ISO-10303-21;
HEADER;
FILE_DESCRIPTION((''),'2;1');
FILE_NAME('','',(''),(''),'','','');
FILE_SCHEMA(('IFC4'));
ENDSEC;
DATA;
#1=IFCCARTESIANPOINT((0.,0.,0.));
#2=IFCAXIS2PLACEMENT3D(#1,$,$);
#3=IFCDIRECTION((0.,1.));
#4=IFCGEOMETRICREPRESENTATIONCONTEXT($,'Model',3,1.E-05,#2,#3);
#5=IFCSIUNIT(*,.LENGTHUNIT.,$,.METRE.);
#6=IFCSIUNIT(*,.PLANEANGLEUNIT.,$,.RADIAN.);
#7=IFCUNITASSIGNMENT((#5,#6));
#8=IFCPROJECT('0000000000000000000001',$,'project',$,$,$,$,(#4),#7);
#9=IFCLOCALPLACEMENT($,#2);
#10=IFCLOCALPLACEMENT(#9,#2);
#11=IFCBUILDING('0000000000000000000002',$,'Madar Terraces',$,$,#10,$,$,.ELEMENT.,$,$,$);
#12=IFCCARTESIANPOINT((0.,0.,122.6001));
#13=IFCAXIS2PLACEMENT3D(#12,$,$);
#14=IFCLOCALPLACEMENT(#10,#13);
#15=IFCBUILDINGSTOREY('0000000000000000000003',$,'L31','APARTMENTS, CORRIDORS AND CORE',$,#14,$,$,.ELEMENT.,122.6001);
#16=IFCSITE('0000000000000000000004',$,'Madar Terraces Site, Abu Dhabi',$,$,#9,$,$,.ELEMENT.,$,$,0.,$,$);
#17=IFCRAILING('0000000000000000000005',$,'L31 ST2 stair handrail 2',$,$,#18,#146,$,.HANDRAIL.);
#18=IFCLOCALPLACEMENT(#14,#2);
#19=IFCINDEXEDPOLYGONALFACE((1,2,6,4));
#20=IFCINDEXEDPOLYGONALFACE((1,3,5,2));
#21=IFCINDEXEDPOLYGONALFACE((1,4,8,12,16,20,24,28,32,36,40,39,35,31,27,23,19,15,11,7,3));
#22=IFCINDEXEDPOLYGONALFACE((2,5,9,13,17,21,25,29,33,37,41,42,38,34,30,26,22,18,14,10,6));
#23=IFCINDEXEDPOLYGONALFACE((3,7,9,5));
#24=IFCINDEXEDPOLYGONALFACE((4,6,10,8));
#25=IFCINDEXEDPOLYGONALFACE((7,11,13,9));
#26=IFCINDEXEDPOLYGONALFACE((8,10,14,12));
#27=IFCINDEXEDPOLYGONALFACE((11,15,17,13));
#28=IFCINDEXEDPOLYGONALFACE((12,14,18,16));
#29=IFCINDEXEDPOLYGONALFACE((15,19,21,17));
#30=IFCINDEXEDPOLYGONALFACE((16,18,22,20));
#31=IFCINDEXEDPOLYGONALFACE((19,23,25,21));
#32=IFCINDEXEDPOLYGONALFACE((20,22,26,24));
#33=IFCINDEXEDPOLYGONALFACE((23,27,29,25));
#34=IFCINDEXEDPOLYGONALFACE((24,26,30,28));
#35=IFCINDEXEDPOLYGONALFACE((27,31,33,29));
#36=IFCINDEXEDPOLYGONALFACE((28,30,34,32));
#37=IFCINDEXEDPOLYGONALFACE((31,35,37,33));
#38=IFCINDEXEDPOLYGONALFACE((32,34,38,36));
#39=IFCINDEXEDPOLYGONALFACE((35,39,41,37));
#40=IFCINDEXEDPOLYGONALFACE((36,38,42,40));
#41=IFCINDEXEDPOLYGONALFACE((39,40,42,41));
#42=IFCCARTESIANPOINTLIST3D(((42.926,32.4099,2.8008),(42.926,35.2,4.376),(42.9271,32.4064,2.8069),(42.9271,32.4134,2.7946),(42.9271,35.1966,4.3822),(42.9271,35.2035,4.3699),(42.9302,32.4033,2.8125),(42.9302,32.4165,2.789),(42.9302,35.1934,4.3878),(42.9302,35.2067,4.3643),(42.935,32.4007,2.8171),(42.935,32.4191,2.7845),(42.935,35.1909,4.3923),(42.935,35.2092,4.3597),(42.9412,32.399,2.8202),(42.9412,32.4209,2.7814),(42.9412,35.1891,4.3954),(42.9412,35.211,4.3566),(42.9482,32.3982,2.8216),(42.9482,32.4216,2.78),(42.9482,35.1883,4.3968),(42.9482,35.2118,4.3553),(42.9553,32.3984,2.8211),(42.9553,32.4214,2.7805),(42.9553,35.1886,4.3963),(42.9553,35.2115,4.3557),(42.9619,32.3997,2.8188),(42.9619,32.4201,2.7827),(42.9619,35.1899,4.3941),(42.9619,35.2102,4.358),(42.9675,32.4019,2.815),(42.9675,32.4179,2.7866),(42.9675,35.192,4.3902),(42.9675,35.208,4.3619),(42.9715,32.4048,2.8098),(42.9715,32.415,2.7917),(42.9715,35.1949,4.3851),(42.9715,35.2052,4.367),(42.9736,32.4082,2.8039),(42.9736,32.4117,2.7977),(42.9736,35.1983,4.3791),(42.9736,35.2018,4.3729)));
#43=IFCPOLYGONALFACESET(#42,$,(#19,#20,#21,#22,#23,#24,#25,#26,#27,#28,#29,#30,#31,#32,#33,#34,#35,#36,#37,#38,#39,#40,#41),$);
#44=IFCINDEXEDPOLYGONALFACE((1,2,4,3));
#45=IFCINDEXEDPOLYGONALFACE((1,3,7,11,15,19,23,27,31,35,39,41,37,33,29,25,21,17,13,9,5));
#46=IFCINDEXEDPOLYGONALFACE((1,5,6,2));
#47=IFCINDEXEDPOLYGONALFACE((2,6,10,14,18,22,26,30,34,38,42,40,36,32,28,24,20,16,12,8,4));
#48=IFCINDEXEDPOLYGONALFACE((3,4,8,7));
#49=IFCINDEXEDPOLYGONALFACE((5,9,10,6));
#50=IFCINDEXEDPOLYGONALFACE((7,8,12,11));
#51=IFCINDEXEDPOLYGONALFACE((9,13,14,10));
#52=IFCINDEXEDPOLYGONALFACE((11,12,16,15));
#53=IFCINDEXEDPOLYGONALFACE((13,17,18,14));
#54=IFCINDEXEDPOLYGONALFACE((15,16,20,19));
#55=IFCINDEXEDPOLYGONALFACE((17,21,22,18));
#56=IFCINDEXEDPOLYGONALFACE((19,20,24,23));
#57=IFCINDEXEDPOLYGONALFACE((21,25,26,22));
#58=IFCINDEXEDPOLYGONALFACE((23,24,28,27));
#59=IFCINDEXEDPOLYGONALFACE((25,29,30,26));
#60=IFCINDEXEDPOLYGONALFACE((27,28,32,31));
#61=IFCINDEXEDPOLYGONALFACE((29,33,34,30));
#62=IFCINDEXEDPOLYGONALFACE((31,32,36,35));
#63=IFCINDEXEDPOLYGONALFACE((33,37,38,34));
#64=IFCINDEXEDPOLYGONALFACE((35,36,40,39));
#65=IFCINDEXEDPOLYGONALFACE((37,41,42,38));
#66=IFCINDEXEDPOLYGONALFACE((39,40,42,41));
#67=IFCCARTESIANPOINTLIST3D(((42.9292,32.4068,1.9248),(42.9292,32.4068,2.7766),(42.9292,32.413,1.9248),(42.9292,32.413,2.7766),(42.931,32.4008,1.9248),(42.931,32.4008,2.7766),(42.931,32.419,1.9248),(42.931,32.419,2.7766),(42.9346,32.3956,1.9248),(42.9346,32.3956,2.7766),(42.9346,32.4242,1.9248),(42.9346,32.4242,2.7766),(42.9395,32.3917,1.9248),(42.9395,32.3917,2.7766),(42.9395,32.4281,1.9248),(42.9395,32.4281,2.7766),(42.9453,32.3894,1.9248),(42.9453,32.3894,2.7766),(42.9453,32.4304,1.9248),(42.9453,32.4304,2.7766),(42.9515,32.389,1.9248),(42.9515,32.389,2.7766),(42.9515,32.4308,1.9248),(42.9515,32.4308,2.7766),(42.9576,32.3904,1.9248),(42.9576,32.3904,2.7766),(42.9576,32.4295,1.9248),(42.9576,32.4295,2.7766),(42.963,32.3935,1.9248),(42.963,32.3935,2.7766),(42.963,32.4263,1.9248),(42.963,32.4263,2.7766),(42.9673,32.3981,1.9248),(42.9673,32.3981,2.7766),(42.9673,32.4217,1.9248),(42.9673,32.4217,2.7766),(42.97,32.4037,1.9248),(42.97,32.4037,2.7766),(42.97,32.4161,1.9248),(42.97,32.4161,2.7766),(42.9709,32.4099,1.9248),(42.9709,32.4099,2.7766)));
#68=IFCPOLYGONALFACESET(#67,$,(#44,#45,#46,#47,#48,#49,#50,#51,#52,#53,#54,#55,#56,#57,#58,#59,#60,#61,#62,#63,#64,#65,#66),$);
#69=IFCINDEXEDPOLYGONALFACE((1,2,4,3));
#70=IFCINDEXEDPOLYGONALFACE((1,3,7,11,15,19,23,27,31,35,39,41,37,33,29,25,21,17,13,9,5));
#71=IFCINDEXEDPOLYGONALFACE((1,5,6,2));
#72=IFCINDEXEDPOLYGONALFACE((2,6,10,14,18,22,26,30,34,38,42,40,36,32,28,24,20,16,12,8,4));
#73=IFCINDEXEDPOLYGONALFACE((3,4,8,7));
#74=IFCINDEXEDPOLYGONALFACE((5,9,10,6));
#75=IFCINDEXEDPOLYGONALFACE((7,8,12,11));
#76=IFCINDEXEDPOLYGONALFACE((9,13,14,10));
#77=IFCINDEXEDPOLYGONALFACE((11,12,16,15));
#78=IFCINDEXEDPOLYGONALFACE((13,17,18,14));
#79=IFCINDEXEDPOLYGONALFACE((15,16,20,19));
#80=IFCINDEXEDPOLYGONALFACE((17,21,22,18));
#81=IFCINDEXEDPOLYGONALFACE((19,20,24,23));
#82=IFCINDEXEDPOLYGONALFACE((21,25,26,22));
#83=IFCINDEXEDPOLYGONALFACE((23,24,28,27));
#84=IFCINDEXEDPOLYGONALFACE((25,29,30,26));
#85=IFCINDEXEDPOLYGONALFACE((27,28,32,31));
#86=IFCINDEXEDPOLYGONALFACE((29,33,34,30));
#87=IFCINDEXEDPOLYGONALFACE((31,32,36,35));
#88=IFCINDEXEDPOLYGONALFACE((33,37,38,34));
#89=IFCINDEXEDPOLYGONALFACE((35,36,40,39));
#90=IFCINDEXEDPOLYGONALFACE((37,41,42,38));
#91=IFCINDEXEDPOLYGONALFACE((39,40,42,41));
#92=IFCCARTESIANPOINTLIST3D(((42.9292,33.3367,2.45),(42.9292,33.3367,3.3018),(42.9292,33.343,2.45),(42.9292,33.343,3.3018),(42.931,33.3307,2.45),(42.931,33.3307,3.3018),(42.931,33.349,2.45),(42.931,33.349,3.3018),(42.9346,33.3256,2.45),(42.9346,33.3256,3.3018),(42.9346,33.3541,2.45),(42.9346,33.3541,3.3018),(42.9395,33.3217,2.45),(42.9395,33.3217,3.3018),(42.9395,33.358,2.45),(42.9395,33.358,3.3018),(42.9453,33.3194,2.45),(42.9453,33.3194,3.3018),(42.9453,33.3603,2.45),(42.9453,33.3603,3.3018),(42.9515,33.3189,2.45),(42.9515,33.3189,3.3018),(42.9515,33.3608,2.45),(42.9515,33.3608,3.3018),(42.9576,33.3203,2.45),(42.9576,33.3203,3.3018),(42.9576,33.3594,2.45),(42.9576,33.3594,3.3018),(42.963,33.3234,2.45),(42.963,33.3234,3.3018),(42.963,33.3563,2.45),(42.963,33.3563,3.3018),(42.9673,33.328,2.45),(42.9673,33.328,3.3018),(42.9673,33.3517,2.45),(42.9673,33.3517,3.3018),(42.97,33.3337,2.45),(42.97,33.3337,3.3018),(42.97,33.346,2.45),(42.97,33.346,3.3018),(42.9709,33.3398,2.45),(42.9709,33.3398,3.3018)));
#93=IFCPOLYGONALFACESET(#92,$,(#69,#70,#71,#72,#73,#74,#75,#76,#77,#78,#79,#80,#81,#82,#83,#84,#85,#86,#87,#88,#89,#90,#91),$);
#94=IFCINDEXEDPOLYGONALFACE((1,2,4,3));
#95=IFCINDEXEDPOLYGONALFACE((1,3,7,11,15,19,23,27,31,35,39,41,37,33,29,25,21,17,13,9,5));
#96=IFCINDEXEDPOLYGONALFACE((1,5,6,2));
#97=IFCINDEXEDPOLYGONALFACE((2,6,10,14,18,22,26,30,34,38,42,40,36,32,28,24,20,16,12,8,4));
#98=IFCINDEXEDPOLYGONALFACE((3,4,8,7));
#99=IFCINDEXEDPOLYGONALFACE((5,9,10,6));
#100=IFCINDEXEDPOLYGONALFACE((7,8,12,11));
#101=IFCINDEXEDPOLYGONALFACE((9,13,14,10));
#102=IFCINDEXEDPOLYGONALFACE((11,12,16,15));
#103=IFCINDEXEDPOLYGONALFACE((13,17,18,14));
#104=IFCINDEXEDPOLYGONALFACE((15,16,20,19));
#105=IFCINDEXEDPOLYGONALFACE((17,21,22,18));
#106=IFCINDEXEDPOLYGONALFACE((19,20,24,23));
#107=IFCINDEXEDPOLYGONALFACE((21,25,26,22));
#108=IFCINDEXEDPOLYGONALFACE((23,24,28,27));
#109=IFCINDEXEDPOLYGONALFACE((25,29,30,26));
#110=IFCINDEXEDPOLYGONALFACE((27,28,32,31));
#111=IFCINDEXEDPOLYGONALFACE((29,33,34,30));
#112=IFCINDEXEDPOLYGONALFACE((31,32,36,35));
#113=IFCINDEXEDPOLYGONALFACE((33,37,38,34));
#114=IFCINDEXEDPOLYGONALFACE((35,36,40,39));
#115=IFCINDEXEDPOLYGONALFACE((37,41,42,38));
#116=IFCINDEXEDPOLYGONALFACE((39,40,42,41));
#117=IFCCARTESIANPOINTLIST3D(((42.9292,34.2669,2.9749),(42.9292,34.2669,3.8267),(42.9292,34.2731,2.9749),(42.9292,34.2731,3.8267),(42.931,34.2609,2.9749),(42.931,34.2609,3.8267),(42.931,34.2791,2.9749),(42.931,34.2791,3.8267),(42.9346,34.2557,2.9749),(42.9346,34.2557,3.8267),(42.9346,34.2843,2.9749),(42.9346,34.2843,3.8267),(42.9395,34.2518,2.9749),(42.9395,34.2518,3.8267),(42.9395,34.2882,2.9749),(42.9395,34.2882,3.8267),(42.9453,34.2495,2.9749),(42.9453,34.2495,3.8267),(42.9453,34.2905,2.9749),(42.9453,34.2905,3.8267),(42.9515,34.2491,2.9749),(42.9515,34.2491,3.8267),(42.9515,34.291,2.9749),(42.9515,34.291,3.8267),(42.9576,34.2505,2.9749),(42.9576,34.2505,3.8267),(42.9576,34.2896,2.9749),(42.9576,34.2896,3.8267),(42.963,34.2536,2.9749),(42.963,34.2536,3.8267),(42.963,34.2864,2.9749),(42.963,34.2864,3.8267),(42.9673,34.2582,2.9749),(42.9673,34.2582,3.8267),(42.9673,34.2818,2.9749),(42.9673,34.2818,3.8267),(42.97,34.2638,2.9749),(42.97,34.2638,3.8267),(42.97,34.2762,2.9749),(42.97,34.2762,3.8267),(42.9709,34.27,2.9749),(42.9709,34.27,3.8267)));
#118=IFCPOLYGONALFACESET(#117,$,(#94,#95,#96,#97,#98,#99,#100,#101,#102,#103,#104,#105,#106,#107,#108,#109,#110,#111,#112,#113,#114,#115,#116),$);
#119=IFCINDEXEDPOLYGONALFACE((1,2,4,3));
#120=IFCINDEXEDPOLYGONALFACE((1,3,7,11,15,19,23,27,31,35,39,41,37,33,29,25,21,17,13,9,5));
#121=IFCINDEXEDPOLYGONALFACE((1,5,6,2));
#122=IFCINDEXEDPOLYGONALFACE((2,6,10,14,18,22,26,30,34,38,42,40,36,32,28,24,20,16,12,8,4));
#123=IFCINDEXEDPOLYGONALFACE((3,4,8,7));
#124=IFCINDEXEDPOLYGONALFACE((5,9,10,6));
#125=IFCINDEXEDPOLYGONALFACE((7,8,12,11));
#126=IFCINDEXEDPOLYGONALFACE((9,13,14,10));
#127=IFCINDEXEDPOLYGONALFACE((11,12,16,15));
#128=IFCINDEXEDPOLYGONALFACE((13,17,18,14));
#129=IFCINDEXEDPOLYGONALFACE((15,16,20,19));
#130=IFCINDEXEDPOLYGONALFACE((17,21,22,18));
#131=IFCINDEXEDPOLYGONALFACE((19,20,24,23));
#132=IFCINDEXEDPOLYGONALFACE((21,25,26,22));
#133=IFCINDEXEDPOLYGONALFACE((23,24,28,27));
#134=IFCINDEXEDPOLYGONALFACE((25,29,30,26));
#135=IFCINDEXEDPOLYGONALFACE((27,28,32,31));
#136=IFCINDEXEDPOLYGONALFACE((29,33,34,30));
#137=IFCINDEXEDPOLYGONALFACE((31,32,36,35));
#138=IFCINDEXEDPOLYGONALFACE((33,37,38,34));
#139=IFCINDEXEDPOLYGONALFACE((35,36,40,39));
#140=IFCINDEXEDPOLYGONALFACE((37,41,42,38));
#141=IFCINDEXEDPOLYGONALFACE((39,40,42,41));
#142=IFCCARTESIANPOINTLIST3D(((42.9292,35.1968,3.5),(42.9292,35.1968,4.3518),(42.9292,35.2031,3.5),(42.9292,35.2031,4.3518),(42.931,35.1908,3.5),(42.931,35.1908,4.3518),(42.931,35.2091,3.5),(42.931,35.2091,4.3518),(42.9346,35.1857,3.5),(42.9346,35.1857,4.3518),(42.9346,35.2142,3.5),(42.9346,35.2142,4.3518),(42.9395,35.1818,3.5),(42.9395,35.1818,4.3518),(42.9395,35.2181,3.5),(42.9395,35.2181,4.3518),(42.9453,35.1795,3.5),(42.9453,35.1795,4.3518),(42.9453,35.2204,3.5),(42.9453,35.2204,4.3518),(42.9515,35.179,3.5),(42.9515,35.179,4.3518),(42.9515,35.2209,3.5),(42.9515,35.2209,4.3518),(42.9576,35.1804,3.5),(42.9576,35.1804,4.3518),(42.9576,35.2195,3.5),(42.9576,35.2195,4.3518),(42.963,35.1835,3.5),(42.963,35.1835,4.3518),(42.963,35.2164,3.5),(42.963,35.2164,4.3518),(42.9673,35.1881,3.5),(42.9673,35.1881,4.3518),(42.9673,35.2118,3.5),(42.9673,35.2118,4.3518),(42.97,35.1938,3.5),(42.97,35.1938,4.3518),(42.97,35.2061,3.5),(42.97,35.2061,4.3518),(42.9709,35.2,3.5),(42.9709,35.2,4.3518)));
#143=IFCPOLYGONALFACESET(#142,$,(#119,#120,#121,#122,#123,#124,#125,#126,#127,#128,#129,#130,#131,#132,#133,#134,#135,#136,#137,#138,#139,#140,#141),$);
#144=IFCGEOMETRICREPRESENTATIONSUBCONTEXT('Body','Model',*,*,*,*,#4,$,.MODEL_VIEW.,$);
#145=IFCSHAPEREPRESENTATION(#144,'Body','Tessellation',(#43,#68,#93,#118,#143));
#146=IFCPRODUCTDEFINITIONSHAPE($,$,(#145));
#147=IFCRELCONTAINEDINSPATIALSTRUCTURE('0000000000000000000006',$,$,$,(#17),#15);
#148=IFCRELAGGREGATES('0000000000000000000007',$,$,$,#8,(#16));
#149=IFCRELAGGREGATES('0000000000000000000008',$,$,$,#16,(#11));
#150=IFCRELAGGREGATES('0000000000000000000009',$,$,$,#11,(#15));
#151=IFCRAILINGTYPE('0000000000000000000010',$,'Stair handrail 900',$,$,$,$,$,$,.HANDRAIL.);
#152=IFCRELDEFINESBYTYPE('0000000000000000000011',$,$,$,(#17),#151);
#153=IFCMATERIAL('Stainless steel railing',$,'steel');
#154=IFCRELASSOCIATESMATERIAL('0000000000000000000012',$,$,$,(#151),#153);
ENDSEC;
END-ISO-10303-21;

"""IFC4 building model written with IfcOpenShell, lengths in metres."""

from ifc_helpers import new_model, si_unit, direction, frame, origin, origin_2d, place, context, subcontext, project, spatial, circle, extrude, material, type_object, element, save


model = new_model("IFC4")

# Units and contexts
model_context = context("Model", 3, precision=1e-05, world=origin(), true_north=direction((0.0, 1.0)))
body_context = subcontext(model_context, "Body", "Model", "MODEL_VIEW")
ifc_project = project(units=[si_unit("LENGTHUNIT", "METRE"), si_unit("PLANEANGLEUNIT", "RADIAN")], contexts=[model_context])

# Site, building, storey
site_placement = place(None, origin())
site = spatial("IfcSite", under=ifc_project, at=site_placement, Name="Madar Terraces Site, Abu Dhabi", CompositionType="ELEMENT", RefElevation=0.0)
building_placement = place(site_placement, origin())
building = spatial("IfcBuilding", under=site, at=building_placement, Name="Madar Terraces", CompositionType="ELEMENT")
storey_placement = place(building_placement, frame((0.0, 0.0, 122.6001)))
storey = spatial("IfcBuildingStorey", under=building, at=storey_placement, Name="L31", Description="APARTMENTS, CORRIDORS AND CORE", CompositionType="ELEMENT", Elevation=122.6001)

# Railing
ifc_material_1 = material(Name="Stainless steel railing", Category="steel")
railing_type_1 = type_object("IfcRailingType", Name="Stair handrail 900", PredefinedType="HANDRAIL", material=ifc_material_1)
railing_1_placement = place(storey_placement, frame((42.95, 32.4099, 1.9248)))
element("IfcRailing", 1, at=railing_1_placement, inside=storey, type_object=railing_type_1, Name="L31 ST2 stair handrail 2", PredefinedType="HANDRAIL", context=body_context, shape_type="SweptSolid", body=[
    extrude(circle(Radius=0.0239, at=origin_2d()), frame((0.0, 0.0, 0.876), z_axis=(0.0, 0.870801, 0.491635), x_axis=(-1.0, 0.0, 0.0)), (0.0, 0.0, 1.0), 3.2041),
    extrude(circle(Radius=0.021, at=origin_2d()), origin(), (0.0, 0.0, 1.0), 0.8518),
    extrude(circle(Radius=0.021, at=origin_2d()), frame((0.0, 0.9299, 0.5251)), (0.0, 0.0, 1.0), 0.8518),
    extrude(circle(Radius=0.021, at=origin_2d()), frame((0.0, 1.8601, 1.05)), (0.0, 0.0, 1.0), 0.8518),
    extrude(circle(Radius=0.021, at=origin_2d()), frame((0.0, 2.79, 1.5752)), (0.0, 0.0, 1.0), 0.8518),
])

save(model, "model.ifc")
